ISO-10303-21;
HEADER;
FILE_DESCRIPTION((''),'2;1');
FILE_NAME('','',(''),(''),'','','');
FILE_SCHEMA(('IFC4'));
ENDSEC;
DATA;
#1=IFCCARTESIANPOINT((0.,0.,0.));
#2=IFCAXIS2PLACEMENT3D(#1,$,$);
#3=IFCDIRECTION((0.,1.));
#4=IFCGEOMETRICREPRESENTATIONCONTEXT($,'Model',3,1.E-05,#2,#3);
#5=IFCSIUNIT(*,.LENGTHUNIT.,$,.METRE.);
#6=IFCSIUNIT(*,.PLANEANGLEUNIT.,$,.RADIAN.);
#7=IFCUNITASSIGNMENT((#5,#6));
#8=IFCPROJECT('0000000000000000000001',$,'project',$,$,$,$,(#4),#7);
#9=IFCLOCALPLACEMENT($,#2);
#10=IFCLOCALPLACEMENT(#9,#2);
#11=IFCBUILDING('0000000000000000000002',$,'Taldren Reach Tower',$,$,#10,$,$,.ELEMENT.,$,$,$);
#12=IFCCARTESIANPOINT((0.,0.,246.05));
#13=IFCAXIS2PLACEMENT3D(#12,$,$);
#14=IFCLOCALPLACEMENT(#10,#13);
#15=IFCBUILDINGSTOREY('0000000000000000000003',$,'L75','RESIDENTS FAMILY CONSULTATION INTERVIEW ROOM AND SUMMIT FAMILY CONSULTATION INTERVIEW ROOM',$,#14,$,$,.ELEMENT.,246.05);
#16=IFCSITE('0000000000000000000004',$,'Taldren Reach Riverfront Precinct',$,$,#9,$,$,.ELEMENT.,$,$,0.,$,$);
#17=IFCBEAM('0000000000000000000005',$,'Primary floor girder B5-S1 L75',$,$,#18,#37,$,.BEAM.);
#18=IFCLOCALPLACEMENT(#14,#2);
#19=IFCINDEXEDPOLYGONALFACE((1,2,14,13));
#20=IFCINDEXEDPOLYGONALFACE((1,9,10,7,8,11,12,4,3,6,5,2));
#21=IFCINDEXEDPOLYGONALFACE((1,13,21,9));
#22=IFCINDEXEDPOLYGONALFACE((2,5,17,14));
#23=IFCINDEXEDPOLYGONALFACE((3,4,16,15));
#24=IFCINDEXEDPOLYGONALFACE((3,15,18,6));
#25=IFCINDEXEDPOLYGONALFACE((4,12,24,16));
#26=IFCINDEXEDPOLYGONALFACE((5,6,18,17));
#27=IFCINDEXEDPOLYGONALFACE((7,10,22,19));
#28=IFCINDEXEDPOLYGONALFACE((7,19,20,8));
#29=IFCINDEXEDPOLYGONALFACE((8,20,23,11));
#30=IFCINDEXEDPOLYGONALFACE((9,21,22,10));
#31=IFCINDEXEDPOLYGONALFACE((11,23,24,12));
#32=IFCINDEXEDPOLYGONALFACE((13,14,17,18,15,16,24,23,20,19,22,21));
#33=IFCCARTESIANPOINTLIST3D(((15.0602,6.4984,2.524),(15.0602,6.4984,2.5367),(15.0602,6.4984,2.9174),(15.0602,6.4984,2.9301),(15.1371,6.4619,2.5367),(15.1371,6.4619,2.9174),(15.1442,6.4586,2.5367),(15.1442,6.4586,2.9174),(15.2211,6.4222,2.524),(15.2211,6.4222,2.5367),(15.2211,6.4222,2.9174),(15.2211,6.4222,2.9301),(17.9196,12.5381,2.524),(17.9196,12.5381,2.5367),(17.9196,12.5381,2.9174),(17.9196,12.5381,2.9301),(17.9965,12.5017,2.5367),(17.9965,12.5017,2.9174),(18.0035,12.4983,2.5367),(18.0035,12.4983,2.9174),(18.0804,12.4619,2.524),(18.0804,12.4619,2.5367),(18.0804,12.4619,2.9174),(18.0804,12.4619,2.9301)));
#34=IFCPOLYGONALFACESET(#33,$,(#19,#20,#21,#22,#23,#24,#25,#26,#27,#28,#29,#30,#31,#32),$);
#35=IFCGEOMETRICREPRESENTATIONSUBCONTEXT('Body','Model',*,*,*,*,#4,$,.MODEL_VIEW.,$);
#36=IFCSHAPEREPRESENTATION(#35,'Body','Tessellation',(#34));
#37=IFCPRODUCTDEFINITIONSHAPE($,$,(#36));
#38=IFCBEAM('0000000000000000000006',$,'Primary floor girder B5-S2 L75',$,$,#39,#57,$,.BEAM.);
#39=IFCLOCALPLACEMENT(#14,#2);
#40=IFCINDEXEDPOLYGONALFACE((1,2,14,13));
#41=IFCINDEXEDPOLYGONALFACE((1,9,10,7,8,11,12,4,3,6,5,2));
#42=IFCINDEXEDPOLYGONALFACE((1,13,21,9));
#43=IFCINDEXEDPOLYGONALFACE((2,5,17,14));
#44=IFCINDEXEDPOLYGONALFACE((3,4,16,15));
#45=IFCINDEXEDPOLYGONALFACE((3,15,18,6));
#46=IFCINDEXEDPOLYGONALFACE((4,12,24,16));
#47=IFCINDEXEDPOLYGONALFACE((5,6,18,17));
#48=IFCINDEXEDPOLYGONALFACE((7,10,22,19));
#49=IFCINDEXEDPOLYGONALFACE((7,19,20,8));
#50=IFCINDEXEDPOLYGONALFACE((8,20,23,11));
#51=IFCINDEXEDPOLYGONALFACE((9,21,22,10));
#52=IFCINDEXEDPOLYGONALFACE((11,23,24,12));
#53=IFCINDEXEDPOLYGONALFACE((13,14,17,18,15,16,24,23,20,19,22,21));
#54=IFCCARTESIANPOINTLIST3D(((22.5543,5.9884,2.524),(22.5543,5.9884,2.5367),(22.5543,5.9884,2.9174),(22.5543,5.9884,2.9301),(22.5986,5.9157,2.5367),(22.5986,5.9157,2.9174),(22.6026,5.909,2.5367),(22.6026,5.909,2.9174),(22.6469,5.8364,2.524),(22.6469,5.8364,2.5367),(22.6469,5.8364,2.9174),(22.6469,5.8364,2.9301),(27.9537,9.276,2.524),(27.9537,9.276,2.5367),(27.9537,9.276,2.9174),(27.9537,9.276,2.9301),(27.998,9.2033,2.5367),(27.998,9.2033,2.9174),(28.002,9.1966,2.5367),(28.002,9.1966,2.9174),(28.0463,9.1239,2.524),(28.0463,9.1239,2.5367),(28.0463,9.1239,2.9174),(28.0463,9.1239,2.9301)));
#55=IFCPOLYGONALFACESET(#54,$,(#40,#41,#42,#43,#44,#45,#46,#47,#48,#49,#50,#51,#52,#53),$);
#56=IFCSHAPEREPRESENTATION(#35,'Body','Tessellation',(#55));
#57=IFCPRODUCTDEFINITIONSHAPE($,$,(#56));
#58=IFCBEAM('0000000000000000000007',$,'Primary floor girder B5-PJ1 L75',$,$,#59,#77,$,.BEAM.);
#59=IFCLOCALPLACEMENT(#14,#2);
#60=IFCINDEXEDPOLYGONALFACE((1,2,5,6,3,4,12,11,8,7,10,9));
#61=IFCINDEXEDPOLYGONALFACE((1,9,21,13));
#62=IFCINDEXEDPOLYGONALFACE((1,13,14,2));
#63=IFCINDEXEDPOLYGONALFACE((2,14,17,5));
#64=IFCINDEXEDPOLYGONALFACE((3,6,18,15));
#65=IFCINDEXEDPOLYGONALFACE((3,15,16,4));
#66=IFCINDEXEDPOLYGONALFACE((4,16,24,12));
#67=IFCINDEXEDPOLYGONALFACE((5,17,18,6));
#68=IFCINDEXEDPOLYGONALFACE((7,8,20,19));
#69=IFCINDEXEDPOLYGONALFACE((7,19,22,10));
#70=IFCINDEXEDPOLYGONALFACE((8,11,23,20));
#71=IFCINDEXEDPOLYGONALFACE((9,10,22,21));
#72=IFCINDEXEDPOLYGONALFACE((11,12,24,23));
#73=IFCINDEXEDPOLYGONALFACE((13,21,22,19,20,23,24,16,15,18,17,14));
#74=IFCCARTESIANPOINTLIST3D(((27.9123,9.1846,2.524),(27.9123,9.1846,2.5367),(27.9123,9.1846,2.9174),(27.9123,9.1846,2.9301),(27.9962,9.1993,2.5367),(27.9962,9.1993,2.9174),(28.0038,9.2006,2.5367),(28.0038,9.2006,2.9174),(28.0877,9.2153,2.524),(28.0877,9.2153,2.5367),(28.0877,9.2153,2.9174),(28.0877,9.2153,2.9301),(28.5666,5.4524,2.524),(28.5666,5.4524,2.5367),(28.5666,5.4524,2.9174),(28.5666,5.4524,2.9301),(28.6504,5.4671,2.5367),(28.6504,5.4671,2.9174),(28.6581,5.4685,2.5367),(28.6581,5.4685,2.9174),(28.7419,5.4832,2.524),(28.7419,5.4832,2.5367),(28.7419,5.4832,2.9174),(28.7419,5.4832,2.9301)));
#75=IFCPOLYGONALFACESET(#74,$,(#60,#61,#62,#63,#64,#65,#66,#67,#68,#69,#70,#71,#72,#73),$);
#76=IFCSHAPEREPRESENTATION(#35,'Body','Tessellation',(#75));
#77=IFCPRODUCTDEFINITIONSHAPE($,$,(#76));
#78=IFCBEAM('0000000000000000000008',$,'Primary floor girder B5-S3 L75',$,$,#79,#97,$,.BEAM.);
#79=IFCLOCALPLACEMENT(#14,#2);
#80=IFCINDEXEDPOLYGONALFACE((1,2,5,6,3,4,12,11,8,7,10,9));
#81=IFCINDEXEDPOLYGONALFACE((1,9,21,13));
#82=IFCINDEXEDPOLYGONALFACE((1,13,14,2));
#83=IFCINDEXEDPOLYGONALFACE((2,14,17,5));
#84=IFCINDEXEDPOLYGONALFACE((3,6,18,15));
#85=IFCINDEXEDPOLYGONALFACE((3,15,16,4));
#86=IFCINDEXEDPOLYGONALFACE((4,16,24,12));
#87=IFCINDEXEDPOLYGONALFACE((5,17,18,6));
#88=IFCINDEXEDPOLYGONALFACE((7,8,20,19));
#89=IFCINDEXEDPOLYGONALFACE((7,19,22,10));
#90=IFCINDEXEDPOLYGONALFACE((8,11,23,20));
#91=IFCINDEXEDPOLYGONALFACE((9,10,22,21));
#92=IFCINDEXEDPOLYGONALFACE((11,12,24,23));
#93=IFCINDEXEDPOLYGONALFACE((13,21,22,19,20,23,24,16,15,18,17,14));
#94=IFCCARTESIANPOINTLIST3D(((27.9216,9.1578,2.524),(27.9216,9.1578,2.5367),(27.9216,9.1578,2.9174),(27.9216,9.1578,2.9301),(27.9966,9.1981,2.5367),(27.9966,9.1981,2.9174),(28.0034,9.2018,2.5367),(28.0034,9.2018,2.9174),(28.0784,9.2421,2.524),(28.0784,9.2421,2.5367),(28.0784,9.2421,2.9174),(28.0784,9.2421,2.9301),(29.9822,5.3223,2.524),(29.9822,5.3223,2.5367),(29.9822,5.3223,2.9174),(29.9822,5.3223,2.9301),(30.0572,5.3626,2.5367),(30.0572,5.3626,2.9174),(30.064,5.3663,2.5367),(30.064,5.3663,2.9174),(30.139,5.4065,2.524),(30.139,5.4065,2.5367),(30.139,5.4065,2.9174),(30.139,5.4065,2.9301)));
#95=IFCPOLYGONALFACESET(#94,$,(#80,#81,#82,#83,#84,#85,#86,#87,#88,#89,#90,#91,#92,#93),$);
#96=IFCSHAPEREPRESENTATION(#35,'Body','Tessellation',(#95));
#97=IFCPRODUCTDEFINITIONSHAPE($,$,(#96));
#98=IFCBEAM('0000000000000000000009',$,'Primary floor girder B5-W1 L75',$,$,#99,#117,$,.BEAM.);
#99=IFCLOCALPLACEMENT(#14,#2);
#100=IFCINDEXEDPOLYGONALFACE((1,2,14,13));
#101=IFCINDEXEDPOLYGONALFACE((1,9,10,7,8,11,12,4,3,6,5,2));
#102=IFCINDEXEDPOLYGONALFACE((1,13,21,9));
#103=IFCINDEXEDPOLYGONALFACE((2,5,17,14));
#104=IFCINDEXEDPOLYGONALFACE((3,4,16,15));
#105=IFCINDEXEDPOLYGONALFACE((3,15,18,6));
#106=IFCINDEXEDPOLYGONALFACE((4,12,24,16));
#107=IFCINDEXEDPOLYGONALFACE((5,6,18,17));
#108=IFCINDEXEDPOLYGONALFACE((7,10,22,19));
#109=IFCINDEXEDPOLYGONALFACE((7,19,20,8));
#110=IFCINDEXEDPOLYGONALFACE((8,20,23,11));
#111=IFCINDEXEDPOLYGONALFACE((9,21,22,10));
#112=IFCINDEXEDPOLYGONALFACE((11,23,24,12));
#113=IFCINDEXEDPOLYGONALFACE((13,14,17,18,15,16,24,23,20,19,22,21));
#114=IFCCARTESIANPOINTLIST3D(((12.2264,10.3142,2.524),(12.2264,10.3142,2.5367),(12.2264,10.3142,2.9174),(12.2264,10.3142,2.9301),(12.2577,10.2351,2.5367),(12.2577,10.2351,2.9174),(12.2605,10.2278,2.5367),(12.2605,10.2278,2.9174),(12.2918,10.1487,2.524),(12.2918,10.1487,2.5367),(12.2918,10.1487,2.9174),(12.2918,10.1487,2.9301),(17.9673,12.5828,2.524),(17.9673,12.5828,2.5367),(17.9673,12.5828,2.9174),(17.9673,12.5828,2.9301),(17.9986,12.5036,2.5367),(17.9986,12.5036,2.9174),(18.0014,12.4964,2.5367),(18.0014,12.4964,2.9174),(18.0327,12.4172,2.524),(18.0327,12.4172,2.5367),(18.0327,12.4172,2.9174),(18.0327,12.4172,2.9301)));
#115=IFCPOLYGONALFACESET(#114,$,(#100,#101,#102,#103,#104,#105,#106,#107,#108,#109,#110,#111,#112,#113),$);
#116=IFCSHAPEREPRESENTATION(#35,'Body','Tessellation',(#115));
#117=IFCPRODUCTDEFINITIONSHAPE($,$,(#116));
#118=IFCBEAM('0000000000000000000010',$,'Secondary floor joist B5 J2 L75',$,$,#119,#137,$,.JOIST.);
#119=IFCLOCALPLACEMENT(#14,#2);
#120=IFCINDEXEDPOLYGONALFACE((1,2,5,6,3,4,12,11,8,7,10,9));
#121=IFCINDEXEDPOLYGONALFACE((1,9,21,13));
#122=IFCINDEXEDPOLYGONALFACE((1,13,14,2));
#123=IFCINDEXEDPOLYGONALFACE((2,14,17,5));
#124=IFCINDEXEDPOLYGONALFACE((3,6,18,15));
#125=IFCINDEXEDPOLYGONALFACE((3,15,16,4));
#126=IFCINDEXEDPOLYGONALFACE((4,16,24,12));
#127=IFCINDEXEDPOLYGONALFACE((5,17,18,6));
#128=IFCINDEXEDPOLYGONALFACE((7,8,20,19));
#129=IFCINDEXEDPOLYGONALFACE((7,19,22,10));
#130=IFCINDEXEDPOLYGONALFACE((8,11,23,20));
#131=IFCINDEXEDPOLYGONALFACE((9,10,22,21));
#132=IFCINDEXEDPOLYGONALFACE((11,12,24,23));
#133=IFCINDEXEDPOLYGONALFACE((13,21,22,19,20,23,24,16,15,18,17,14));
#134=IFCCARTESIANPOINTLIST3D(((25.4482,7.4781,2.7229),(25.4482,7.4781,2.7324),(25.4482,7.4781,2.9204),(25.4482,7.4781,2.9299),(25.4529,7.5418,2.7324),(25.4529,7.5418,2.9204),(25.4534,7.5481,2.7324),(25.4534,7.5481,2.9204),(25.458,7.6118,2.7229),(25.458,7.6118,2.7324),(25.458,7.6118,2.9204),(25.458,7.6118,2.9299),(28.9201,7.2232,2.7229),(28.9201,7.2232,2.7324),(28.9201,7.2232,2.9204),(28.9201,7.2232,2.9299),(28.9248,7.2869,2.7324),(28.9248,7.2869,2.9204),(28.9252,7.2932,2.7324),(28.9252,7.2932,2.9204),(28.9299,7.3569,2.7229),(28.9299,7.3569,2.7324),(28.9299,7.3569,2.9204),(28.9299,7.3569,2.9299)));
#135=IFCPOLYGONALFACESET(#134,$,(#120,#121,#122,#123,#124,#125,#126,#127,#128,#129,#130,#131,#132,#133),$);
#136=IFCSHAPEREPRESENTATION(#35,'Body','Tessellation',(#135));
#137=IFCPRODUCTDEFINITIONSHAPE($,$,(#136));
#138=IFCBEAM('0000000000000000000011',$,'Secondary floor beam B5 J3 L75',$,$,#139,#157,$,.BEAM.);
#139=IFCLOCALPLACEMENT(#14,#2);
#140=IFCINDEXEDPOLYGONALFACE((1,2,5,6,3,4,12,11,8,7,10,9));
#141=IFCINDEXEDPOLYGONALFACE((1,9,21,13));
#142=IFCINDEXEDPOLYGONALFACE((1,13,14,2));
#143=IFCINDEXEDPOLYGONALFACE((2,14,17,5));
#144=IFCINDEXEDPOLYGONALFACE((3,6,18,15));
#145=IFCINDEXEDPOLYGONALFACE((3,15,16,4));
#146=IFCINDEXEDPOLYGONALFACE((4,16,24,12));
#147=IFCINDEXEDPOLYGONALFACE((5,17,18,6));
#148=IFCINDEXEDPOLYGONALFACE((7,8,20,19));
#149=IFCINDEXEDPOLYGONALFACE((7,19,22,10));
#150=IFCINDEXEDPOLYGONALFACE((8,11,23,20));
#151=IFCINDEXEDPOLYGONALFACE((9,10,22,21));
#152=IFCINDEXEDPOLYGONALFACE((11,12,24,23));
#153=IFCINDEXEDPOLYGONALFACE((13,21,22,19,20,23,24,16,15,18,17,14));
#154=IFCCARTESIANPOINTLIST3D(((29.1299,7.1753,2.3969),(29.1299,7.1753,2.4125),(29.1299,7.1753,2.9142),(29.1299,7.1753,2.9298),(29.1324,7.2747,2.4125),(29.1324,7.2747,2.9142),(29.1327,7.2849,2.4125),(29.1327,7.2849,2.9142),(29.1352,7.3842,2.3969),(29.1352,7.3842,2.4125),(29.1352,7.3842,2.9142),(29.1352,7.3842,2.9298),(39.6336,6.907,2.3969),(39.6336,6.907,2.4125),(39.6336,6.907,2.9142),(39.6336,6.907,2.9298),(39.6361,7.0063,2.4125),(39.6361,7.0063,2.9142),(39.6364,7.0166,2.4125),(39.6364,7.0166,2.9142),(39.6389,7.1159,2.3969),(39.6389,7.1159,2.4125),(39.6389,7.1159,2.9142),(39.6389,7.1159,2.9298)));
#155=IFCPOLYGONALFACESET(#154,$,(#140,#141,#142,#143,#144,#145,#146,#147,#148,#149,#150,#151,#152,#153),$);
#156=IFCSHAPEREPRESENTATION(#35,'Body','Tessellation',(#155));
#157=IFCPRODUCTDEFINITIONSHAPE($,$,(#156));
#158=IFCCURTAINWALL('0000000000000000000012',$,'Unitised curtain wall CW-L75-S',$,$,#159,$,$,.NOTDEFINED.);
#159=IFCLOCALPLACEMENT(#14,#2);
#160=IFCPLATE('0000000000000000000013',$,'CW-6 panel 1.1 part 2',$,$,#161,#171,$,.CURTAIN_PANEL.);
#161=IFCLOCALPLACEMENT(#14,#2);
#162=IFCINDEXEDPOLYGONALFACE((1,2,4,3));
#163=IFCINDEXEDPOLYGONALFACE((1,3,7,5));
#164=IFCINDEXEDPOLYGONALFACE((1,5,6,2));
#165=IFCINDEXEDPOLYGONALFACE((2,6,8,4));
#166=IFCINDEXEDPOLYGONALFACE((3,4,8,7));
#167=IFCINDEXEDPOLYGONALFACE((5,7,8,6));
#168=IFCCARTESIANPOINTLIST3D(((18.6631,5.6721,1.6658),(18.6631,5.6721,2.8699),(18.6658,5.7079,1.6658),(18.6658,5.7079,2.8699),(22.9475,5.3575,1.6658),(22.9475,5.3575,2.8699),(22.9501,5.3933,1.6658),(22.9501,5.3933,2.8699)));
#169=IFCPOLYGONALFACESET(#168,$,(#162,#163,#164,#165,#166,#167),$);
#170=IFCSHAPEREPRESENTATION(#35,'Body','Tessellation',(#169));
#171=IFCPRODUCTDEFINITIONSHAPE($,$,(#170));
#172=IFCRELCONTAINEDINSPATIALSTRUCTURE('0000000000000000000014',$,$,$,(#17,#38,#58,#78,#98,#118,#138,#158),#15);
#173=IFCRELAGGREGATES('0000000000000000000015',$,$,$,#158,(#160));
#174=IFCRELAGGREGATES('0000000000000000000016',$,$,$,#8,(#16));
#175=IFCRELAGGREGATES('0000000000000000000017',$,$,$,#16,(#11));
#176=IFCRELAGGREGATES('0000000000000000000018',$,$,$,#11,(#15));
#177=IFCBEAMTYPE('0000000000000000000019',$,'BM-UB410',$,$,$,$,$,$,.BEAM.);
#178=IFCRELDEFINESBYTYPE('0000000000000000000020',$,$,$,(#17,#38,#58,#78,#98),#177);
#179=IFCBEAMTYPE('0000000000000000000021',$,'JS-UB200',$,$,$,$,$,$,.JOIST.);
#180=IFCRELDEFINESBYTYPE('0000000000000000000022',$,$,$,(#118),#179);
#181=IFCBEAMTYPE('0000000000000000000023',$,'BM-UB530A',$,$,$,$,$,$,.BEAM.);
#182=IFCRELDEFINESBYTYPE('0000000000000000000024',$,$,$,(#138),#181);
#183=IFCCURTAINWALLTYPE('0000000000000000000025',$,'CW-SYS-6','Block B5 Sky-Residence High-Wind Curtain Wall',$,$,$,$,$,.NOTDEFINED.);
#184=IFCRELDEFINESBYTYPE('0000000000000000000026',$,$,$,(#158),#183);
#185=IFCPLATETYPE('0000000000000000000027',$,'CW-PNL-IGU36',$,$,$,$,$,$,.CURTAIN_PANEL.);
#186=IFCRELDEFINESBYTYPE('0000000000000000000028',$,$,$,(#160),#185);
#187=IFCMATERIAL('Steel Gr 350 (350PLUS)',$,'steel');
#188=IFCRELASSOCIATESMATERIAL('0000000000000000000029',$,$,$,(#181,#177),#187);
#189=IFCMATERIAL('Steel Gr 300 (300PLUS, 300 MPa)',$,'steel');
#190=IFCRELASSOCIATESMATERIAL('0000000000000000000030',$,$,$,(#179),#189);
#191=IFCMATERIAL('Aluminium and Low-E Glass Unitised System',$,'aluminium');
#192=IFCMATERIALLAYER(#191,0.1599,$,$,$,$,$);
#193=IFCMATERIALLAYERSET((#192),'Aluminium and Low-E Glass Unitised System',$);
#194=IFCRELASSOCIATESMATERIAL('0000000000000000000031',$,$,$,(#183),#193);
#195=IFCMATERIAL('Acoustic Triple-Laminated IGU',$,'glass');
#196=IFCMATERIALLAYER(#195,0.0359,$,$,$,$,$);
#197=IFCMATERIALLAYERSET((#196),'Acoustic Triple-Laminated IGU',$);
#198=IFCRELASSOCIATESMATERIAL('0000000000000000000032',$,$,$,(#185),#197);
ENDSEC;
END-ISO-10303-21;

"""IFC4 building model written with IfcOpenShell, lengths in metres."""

from ifc_helpers import new_model, si_unit, direction, frame, origin, origin_2d, place, context, subcontext, project, spatial, rectangle, i_section, extrude, source, transform, mapped, material, layer, layer_set, material_profile, profile_set, type_object, element, aggregate, save


model = new_model("IFC4")

# Units and contexts
model_context = context("Model", 3, precision=1e-05, world=origin(), true_north=direction((0.0, 1.0)))
body_context = subcontext(model_context, "Body", "Model", "MODEL_VIEW")
ifc_project = project(units=[si_unit("LENGTHUNIT", "METRE"), si_unit("PLANEANGLEUNIT", "RADIAN")], contexts=[model_context])

# Site, building, storey
site_placement = place(None, origin())
site = spatial("IfcSite", under=ifc_project, at=site_placement, Name="Taldren Reach Riverfront Precinct", CompositionType="ELEMENT", RefElevation=0.0)
building_placement = place(site_placement, origin())
building = spatial("IfcBuilding", under=site, at=building_placement, Name="Taldren Reach Tower", CompositionType="ELEMENT")
storey_placement = place(building_placement, frame((0.0, 0.0, 246.05)))
storey = spatial("IfcBuildingStorey", under=building, at=storey_placement, Name="L75", Description="RESIDENTS FAMILY CONSULTATION INTERVIEW ROOM AND SUMMIT FAMILY CONSULTATION INTERVIEW ROOM", CompositionType="ELEMENT", Elevation=246.05)

# Shared definitions
ifc_material_1 = material(Name="Steel Gr 350 (350PLUS)", Category="steel")

# Shared definitions
ifc_material_profile_1 = material_profile(ifc_material_1, i_section(OverallWidth=0.209, OverallDepth=0.533, WebThickness=0.0103, FlangeThickness=0.0156, at=origin_2d()), Name="530UB92.4")
ifc_profile_set_1 = profile_set([ifc_material_profile_1], Name="Steel Gr 350 (350PLUS)")
beam_type_1 = type_object("IfcBeamType", Name="BM-UB530A", PredefinedType="BEAM", material=ifc_profile_set_1)

# Beams
ifc_material_profile_2 = material_profile(ifc_material_1, i_section(OverallWidth=0.178, OverallDepth=0.406, WebThickness=0.0078, FlangeThickness=0.0127, at=origin_2d()), Name="410UB59.7")
ifc_profile_set_2 = profile_set([ifc_material_profile_2], Name="Steel Gr 350 (350PLUS)")
beam_type_2 = type_object("IfcBeamType", Name="BM-UB410", PredefinedType="BEAM", material=ifc_profile_set_2)
shared_shape_1 = source(origin(), body_context, "Body", "SweptSolid", [
    extrude(i_section(OverallWidth=0.178, OverallDepth=0.406, WebThickness=0.0078, FlangeThickness=0.0127, at=origin_2d()), origin(), (0.0, 0.0, 1.0), 6.6824),
])
beam_1_placement = place(storey_placement, frame((18.0, 12.5, 2.7271), z_axis=(-0.427893, -0.903829, 0.0), x_axis=(0.903829, -0.427893, 0.0)))
element("IfcBeam", 1, at=beam_1_placement, inside=storey, type_object=beam_type_2, Name="Primary floor girder B5-S1 L75", PredefinedType="BEAM", context=body_context, shape_type="MappedRepresentation", body=[
    mapped(shared_shape_1, transform((0.0, 0.0, 0.0), scale=1.0)),
])
shared_shape_2 = source(origin(), body_context, "Body", "SweptSolid", [
    extrude(i_section(OverallWidth=0.178, OverallDepth=0.406, WebThickness=0.0078, FlangeThickness=0.0127, at=origin_2d()), origin(), (0.0, 0.0, 1.0), 6.3215),
])
beam_2_placement = place(storey_placement, frame((28.0, 9.2, 2.7271), z_axis=(-0.854128, -0.520062, 0.0), x_axis=(0.520062, -0.854128, 0.0)))
element("IfcBeam", 2, at=beam_2_placement, inside=storey, type_object=beam_type_2, Name="Primary floor girder B5-S2 L75", PredefinedType="BEAM", context=body_context, shape_type="MappedRepresentation", body=[
    mapped(shared_shape_2, transform((0.0, 0.0, 0.0), scale=1.0)),
])
shared_shape_3 = source(origin(), body_context, "Body", "SweptSolid", [
    extrude(i_section(OverallWidth=0.178, OverallDepth=0.406, WebThickness=0.0078, FlangeThickness=0.0127, at=origin_2d()), origin(), (0.0, 0.0, 1.0), 3.7891),
])
beam_3_placement = place(storey_placement, frame((28.0, 9.2, 2.7271), z_axis=(0.172679, -0.984978, 0.0), x_axis=(0.984978, 0.172679, 0.0)))
element("IfcBeam", 3, at=beam_3_placement, inside=storey, type_object=beam_type_2, Name="Primary floor girder B5-PJ1 L75", PredefinedType="BEAM", context=body_context, shape_type="MappedRepresentation", body=[
    mapped(shared_shape_3, transform((0.0, 0.0, 0.0), scale=1.0)),
])
shared_shape_4 = source(origin(), body_context, "Body", "SweptSolid", [
    extrude(i_section(OverallWidth=0.178, OverallDepth=0.406, WebThickness=0.0078, FlangeThickness=0.0127, at=origin_2d()), origin(), (0.0, 0.0, 1.0), 4.354),
])
beam_4_placement = place(storey_placement, frame((28.0, 9.2, 2.7271), z_axis=(0.473264, -0.880921, 0.0), x_axis=(0.880921, 0.473264, 0.0)))
element("IfcBeam", 4, at=beam_4_placement, inside=storey, type_object=beam_type_2, Name="Primary floor girder B5-S3 L75", PredefinedType="BEAM", context=body_context, shape_type="MappedRepresentation", body=[
    mapped(shared_shape_4, transform((0.0, 0.0, 0.0), scale=1.0)),
])
shared_shape_5 = source(origin(), body_context, "Body", "SweptSolid", [
    extrude(i_section(OverallWidth=0.178, OverallDepth=0.406, WebThickness=0.0078, FlangeThickness=0.0127, at=origin_2d()), origin(), (0.0, 0.0, 1.0), 6.1729),
])
beam_5_placement = place(storey_placement, frame((18.0, 12.5, 2.7271), z_axis=(-0.930023, -0.367501, 0.0), x_axis=(0.367501, -0.930023, 0.0)))
element("IfcBeam", 5, at=beam_5_placement, inside=storey, type_object=beam_type_2, Name="Primary floor girder B5-W1 L75", PredefinedType="BEAM", context=body_context, shape_type="MappedRepresentation", body=[
    mapped(shared_shape_5, transform((0.0, 0.0, 0.0), scale=1.0)),
])
ifc_material_2 = material(Name="Steel Gr 300 (300PLUS, 300 MPa)", Category="steel")
ifc_material_profile_3 = material_profile(ifc_material_2, i_section(OverallWidth=0.134, OverallDepth=0.207, WebThickness=0.0063, FlangeThickness=0.0095, at=origin_2d()), Name="200UB29.8")
ifc_profile_set_3 = profile_set([ifc_material_profile_3], Name="Steel Gr 300 (300PLUS, 300 MPa)")
beam_type_3 = type_object("IfcBeamType", Name="JS-UB200", PredefinedType="JOIST", material=ifc_profile_set_3)
shared_shape_6 = source(origin(), body_context, "Body", "SweptSolid", [
    extrude(i_section(OverallWidth=0.134, OverallDepth=0.207, WebThickness=0.0063, FlangeThickness=0.0095, at=origin_2d()), origin(), (0.0, 0.0, 1.0), 3.4812),
])
beam_6_placement = place(storey_placement, frame((25.4531, 7.5449, 2.8264), z_axis=(0.997316, -0.073216, 0.0), x_axis=(0.073216, 0.997316, 0.0)))
element("IfcBeam", 6, at=beam_6_placement, inside=storey, type_object=beam_type_3, Name="Secondary floor joist B5 J2 L75", PredefinedType="JOIST", context=body_context, shape_type="MappedRepresentation", body=[
    mapped(shared_shape_6, transform((0.0, 0.0, 0.0), scale=1.0)),
])
shared_shape_7 = source(origin(), body_context, "Body", "SweptSolid", [
    extrude(i_section(OverallWidth=0.209, OverallDepth=0.533, WebThickness=0.0103, FlangeThickness=0.0156, at=origin_2d()), origin(), (0.0, 0.0, 1.0), 10.5071),
])
beam_7_placement = place(storey_placement, frame((29.1326, 7.2798, 2.6633), z_axis=(0.999674, -0.025536, 0.0), x_axis=(0.025536, 0.999674, 0.0)))
element("IfcBeam", 7, at=beam_7_placement, inside=storey, type_object=beam_type_1, Name="Secondary floor beam B5 J3 L75", PredefinedType="BEAM", context=body_context, shape_type="MappedRepresentation", body=[
    mapped(shared_shape_7, transform((0.0, 0.0, 0.0), scale=1.0)),
])

# Curtain wall, plate
ifc_material_3 = material(Name="Aluminium and Low-E Glass Unitised System", Category="aluminium")
ifc_layer_1 = layer(ifc_material_3, 0.1599)
ifc_layer_set_1 = layer_set([ifc_layer_1], Name="Aluminium and Low-E Glass Unitised System")
curtain_wall_type = type_object("IfcCurtainWallType", Name="CW-SYS-6", Description="Block B5 Sky-Residence High-Wind Curtain Wall", PredefinedType="NOTDEFINED", material=ifc_layer_set_1)
curtain_wall_placement = place(storey_placement, origin())
curtain_wall = element("IfcCurtainWall", 8, at=curtain_wall_placement, inside=storey, type_object=curtain_wall_type, Name="Unitised curtain wall CW-L75-S", PredefinedType="NOTDEFINED")
ifc_material_4 = material(Name="Acoustic Triple-Laminated IGU", Category="glass")
ifc_layer_2 = layer(ifc_material_4, 0.0359)
ifc_layer_set_2 = layer_set([ifc_layer_2], Name="Acoustic Triple-Laminated IGU")
plate_type = type_object("IfcPlateType", Name="CW-PNL-IGU36", PredefinedType="CURTAIN_PANEL", material=ifc_layer_set_2)
shared_shape_8 = source(origin(), body_context, "Body", "SweptSolid", [
    extrude(rectangle(XDim=4.2959, YDim=0.0359, at=origin_2d()), origin(), (0.0, 0.0, 1.0), 1.2041),
])
plate_placement = place(storey_placement, frame((20.8066, 5.5327, 1.6658), z_axis=(0.0, 0.0, 1.0), x_axis=(0.997314, -0.073238, 0.0)))
plate = element("IfcPlate", 9, at=plate_placement, type_object=plate_type, Name="CW-6 panel 1.1 part 2", PredefinedType="CURTAIN_PANEL", context=body_context, shape_type="MappedRepresentation", body=[
    mapped(shared_shape_8, transform((0.0, 0.0, 0.0), scale=1.0)),
])
aggregate(curtain_wall, [plate])

save(model, "model.ifc")
